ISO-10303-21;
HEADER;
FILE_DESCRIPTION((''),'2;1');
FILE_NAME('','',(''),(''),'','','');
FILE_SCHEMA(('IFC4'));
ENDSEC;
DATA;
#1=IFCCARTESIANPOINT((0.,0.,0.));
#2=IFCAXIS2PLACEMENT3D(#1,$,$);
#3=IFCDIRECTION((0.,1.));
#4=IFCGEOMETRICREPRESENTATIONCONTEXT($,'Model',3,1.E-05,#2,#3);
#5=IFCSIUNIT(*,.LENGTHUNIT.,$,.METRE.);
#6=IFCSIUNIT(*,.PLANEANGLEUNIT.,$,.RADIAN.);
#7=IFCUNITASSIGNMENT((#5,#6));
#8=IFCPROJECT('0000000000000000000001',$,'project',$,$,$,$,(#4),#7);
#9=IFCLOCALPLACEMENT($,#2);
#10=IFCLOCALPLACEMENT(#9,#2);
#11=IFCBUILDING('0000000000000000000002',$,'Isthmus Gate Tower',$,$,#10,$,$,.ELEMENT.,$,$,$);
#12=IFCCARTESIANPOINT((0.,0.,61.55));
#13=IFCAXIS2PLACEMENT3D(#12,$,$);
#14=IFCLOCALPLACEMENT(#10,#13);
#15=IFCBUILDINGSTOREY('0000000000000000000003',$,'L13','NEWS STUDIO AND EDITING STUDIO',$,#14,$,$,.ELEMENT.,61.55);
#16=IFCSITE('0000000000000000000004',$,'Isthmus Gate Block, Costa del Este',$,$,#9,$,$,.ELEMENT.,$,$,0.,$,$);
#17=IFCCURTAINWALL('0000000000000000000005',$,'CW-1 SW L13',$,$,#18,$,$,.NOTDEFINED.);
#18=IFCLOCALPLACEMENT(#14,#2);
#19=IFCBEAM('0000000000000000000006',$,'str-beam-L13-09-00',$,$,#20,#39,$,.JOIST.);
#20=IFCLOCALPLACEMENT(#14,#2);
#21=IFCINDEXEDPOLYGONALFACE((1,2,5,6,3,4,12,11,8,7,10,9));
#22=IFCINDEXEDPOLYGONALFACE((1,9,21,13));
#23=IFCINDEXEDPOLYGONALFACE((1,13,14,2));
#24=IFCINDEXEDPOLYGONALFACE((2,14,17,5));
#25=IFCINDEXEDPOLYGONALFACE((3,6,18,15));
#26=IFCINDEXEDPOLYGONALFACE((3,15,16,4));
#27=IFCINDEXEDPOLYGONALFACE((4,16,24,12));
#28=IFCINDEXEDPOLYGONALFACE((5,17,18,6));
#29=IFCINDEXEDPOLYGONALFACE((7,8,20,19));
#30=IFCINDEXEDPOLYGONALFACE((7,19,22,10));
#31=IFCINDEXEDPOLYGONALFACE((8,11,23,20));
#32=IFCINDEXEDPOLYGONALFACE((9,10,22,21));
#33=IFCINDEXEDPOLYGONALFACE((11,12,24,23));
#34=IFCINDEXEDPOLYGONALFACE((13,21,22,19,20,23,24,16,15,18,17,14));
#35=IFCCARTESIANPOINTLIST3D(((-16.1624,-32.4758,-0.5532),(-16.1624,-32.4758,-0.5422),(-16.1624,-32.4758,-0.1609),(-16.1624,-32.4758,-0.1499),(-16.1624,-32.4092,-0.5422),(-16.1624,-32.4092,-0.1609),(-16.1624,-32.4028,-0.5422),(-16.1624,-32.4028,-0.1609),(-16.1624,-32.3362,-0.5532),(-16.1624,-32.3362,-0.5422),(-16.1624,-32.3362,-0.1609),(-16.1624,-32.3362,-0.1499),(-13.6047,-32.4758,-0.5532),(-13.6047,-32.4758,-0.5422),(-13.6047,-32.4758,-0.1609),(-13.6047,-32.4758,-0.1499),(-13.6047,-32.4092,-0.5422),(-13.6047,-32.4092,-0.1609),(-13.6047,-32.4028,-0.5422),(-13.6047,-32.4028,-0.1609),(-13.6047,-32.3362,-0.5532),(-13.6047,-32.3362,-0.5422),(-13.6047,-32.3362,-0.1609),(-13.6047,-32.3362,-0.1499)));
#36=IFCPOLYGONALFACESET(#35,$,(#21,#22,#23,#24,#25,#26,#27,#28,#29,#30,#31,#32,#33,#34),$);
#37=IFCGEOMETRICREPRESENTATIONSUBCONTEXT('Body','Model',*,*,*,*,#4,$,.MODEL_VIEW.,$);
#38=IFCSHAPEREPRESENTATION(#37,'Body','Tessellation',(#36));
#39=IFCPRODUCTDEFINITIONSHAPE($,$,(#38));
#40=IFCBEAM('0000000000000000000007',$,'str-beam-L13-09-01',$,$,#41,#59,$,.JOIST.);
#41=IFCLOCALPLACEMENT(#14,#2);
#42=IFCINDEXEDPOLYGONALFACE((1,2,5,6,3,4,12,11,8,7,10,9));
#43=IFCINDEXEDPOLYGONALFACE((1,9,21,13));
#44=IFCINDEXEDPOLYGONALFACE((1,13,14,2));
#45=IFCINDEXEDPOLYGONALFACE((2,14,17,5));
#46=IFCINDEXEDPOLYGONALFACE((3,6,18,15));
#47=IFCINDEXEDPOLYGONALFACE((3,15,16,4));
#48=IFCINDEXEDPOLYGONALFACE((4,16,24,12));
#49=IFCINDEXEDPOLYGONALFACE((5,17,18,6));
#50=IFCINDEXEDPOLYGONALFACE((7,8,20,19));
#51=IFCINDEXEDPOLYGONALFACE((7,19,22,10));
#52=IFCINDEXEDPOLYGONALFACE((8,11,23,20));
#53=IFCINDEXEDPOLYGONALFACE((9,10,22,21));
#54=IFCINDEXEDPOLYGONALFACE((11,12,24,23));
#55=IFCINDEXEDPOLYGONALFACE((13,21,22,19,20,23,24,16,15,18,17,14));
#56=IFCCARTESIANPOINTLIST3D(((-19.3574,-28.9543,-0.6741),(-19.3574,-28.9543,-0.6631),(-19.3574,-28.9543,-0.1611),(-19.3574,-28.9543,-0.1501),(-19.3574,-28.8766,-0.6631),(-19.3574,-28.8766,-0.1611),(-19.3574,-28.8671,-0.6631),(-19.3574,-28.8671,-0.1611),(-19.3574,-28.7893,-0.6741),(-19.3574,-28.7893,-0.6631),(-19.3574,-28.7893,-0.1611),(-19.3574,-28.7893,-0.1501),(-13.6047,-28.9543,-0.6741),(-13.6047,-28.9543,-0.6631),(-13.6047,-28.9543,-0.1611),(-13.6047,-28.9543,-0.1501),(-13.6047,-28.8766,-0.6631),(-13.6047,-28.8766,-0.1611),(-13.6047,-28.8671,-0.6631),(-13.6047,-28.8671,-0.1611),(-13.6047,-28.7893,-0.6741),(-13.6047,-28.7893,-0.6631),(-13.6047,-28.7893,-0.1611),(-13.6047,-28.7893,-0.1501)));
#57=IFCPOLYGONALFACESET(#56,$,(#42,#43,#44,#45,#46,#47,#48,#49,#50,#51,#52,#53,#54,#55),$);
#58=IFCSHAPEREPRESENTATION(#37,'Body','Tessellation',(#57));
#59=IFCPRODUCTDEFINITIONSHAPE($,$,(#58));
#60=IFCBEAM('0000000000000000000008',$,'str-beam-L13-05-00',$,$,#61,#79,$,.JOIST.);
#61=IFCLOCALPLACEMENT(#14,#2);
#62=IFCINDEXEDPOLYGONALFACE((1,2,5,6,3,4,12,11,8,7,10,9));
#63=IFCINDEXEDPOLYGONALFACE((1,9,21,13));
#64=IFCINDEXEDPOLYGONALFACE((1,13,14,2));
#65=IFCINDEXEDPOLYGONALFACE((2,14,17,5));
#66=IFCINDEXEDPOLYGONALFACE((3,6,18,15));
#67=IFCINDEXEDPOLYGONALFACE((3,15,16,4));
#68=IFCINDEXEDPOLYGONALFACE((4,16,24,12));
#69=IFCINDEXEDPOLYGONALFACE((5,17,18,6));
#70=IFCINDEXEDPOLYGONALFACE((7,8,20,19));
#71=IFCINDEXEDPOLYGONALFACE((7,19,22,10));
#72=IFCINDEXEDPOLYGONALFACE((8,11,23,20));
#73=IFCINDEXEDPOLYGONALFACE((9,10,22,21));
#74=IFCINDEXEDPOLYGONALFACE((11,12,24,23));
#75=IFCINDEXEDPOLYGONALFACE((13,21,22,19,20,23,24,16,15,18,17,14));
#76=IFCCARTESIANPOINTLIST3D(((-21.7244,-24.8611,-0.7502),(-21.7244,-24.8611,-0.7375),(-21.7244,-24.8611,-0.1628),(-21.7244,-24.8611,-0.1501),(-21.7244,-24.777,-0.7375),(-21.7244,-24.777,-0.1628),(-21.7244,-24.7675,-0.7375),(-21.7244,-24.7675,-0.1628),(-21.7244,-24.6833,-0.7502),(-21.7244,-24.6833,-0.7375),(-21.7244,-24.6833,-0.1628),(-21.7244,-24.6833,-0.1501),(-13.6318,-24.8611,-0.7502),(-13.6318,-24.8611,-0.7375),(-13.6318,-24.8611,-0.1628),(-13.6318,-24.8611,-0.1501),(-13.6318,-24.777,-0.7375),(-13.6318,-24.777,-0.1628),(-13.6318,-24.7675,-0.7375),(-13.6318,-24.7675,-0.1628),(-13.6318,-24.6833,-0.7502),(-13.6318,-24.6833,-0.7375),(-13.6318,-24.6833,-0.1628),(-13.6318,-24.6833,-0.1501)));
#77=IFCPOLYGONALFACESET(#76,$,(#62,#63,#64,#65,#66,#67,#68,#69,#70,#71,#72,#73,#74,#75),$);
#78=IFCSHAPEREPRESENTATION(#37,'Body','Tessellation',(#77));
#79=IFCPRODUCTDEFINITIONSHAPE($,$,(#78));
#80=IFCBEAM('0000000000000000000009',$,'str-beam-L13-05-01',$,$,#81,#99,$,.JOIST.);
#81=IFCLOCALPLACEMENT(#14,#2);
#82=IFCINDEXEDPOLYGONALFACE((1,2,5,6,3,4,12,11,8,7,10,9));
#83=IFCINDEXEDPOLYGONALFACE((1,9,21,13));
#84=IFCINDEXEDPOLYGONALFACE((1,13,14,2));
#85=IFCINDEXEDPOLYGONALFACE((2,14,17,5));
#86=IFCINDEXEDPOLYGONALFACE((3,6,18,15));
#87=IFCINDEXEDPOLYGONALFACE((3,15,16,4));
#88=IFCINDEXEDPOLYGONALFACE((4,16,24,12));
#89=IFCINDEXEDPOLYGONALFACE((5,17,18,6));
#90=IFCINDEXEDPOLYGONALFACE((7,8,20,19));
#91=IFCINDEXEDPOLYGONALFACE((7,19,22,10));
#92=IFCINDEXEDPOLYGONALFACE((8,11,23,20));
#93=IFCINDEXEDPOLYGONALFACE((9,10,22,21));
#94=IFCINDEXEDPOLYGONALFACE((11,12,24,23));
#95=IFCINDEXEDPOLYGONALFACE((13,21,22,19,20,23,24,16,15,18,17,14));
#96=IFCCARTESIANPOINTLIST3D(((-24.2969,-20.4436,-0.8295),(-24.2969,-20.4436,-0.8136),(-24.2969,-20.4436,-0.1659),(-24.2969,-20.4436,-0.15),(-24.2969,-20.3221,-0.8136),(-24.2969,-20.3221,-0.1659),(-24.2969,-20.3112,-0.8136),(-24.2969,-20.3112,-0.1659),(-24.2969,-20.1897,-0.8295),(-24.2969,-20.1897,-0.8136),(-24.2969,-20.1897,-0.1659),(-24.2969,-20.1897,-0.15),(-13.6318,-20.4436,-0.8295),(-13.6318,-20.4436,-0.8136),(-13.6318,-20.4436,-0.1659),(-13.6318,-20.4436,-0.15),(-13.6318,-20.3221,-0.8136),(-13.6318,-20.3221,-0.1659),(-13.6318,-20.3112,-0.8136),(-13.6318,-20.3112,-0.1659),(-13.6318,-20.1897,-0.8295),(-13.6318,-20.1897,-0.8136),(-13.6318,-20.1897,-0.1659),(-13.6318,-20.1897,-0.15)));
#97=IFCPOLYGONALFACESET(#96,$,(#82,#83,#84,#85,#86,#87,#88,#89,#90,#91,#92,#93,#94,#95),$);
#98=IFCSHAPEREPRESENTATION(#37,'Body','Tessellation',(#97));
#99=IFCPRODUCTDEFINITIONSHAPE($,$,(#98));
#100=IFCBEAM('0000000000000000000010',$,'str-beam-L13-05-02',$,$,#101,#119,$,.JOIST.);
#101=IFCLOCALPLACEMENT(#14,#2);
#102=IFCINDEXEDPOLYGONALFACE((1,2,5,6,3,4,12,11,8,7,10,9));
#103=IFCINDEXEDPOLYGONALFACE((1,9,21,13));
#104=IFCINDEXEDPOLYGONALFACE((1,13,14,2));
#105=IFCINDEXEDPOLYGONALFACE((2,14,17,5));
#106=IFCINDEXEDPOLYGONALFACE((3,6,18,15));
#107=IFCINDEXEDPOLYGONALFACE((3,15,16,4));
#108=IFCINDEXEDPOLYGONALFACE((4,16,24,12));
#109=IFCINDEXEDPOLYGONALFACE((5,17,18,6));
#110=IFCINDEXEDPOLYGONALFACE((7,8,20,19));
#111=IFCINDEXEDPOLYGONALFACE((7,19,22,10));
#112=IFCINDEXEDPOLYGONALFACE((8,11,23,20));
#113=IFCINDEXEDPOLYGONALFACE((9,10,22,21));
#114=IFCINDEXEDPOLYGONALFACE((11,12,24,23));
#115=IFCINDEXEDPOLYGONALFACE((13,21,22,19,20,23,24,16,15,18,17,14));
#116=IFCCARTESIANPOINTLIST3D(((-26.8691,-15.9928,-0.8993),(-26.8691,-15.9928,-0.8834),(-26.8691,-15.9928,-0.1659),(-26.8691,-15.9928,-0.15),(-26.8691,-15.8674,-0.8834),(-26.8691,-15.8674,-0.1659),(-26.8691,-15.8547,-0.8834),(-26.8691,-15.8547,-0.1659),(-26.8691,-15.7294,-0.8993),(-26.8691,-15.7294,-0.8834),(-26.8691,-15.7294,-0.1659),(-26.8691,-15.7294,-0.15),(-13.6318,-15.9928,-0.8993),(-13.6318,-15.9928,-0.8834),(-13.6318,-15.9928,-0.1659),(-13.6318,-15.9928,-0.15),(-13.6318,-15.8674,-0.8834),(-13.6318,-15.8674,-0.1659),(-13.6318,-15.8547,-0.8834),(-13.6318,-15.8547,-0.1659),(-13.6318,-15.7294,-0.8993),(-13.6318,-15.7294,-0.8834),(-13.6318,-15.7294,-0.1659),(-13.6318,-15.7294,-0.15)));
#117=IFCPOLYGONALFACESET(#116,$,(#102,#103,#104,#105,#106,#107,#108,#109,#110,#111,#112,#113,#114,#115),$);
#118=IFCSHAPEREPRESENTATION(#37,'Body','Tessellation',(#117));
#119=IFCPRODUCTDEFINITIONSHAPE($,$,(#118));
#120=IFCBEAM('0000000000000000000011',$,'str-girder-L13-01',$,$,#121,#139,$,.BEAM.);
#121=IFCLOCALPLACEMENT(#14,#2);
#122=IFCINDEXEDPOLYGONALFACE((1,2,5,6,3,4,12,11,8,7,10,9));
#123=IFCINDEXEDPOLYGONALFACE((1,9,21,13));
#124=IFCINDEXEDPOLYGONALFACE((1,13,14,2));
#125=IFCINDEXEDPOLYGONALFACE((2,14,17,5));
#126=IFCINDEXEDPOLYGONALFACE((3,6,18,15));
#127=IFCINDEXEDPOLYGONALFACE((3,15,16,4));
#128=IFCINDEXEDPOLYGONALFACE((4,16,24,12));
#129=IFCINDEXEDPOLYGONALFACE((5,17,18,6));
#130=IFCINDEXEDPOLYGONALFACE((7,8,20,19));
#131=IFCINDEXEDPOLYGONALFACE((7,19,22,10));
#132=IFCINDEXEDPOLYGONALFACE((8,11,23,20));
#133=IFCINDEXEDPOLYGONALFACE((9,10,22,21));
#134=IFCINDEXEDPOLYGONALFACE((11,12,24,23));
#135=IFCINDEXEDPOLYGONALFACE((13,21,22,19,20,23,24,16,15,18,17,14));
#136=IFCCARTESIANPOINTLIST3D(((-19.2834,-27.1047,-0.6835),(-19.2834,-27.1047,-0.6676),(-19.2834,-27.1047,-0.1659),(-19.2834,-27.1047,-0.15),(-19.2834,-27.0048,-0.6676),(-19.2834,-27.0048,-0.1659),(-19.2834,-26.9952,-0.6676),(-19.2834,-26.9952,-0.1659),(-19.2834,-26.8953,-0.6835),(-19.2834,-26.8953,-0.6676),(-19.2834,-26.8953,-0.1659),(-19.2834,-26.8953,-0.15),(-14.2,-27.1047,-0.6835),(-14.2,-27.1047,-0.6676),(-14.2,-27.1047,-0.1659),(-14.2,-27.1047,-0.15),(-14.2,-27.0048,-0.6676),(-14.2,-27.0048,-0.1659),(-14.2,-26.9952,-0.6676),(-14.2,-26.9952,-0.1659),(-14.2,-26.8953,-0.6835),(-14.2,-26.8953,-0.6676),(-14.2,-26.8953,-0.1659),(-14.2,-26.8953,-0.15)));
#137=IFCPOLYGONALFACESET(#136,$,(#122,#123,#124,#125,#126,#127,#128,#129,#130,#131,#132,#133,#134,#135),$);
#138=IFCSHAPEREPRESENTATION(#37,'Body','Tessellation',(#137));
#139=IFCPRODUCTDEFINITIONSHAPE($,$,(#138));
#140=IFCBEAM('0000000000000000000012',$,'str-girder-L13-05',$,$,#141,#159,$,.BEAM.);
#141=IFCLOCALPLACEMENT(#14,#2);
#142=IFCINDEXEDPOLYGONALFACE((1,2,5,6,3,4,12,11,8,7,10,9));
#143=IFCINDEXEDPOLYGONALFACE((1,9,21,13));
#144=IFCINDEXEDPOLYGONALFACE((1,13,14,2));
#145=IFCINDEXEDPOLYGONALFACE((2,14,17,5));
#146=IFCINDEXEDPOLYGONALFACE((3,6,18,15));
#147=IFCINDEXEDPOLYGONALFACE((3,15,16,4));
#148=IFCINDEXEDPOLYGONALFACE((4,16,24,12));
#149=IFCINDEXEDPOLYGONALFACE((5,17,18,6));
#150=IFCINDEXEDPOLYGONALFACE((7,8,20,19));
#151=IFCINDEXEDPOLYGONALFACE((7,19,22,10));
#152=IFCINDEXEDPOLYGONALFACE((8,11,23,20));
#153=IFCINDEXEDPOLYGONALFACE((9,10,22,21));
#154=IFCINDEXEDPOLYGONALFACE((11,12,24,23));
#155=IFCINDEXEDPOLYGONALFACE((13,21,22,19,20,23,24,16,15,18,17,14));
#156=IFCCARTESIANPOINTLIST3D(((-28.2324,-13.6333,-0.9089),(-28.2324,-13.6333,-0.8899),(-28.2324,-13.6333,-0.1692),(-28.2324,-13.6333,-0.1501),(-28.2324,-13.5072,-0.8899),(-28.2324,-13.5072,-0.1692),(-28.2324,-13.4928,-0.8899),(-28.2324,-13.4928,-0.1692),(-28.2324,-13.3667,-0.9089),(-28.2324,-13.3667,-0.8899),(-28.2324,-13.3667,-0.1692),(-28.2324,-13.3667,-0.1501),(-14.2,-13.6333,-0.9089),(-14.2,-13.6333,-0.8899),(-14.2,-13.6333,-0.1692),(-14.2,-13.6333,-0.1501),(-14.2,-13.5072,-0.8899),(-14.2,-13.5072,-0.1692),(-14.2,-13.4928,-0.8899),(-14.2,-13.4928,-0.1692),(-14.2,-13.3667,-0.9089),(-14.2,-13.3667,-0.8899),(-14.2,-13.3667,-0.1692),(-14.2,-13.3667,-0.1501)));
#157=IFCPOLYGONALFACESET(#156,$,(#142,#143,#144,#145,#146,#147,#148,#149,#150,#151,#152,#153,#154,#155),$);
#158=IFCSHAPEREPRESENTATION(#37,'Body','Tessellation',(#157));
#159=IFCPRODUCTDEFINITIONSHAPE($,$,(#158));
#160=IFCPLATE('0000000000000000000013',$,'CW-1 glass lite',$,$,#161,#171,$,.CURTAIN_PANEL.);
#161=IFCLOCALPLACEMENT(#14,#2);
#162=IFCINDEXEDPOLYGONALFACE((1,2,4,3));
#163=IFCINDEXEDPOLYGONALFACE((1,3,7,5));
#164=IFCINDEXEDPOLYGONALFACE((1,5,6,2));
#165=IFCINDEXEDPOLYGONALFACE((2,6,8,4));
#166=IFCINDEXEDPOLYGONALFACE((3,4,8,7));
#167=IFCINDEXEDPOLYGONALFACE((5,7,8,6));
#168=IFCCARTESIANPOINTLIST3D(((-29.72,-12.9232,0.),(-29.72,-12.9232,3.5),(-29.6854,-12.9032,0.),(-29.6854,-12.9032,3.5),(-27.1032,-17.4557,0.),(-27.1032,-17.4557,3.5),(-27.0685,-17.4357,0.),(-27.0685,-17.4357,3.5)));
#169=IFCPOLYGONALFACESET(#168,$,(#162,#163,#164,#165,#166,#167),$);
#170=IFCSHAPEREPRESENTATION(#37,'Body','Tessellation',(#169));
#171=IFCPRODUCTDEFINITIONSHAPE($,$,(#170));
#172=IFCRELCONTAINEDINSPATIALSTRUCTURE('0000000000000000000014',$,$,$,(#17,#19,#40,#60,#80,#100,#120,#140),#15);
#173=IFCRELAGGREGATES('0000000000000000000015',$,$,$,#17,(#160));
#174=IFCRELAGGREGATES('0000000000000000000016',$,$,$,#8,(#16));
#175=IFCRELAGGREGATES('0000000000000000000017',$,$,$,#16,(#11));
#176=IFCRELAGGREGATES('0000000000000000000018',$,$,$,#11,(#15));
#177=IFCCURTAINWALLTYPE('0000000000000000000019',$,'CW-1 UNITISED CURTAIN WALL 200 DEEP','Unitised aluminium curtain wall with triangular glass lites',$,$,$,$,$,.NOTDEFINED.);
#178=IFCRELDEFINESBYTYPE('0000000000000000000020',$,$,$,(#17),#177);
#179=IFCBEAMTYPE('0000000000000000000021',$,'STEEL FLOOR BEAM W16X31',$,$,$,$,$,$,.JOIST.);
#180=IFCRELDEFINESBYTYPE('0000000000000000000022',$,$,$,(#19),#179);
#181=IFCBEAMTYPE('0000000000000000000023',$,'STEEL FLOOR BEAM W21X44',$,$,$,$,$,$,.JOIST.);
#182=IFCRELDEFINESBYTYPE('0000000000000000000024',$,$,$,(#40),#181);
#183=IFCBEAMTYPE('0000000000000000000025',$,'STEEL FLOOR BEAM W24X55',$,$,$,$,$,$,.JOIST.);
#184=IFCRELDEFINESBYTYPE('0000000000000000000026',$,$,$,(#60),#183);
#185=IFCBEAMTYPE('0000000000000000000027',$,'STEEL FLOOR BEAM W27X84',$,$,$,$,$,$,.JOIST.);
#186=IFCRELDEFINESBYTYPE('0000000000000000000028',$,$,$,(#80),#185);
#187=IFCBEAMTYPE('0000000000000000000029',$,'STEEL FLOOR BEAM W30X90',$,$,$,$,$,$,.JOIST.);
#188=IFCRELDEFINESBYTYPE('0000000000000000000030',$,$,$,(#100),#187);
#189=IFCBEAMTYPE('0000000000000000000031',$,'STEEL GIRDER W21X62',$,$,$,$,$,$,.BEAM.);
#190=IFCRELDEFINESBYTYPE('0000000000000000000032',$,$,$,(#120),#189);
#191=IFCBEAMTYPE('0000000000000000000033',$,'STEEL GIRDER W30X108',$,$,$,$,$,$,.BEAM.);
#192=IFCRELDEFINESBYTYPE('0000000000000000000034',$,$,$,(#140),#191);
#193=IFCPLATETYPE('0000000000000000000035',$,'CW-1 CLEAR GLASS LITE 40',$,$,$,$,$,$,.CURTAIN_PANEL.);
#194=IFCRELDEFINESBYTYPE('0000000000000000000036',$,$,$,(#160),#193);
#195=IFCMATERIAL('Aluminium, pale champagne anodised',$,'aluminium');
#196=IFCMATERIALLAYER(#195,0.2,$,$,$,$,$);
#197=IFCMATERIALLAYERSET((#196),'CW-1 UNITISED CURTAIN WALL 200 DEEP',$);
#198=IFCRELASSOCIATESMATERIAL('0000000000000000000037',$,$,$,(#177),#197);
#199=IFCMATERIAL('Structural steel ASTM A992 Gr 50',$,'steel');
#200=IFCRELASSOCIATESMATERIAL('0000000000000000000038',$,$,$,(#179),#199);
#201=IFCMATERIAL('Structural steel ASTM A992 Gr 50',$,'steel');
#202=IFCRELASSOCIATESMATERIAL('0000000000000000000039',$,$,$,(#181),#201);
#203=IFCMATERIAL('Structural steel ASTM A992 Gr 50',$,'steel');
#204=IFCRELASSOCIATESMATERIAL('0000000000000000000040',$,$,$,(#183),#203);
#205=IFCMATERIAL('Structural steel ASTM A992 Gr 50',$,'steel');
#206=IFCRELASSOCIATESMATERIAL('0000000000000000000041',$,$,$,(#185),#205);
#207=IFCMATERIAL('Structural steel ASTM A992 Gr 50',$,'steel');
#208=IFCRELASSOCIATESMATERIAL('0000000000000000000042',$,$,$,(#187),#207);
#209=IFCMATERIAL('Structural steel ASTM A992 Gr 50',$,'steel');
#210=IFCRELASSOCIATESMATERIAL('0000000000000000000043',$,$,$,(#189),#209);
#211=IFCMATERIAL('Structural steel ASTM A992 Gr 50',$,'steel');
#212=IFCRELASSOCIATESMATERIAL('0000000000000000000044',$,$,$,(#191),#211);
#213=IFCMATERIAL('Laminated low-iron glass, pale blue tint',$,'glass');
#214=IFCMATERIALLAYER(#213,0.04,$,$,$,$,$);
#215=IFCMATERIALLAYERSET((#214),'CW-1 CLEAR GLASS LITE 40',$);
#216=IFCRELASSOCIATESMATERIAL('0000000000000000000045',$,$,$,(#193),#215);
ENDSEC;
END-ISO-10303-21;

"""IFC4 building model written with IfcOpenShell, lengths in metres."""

from ifc_helpers import new_model, si_unit, direction, frame, origin, origin_2d, place, context, subcontext, project, spatial, rectangle, i_section, extrude, material, layer, layer_set, material_profile, profile_set, type_object, element, aggregate, save


model = new_model("IFC4")

# Units and contexts
model_context = context("Model", 3, precision=1e-05, world=origin(), true_north=direction((0.0, 1.0)))
body_context = subcontext(model_context, "Body", "Model", "MODEL_VIEW")
ifc_project = project(units=[si_unit("LENGTHUNIT", "METRE"), si_unit("PLANEANGLEUNIT", "RADIAN")], contexts=[model_context])

# Site, building, storey
site_placement = place(None, origin())
site = spatial("IfcSite", under=ifc_project, at=site_placement, Name="Isthmus Gate Block, Costa del Este", CompositionType="ELEMENT", RefElevation=0.0)
building_placement = place(site_placement, origin())
building = spatial("IfcBuilding", under=site, at=building_placement, Name="Isthmus Gate Tower", CompositionType="ELEMENT")
storey_placement = place(building_placement, frame((0.0, 0.0, 61.55)))
storey = spatial("IfcBuildingStorey", under=building, at=storey_placement, Name="L13", Description="NEWS STUDIO AND EDITING STUDIO", CompositionType="ELEMENT", Elevation=61.55)

# Curtain wall
ifc_material_1 = material(Name="Aluminium, pale champagne anodised", Category="aluminium")
ifc_layer_1 = layer(ifc_material_1, 0.2)
ifc_layer_set_1 = layer_set([ifc_layer_1], Name="CW-1 UNITISED CURTAIN WALL 200 DEEP")
curtain_wall_type = type_object("IfcCurtainWallType", Name="CW-1 UNITISED CURTAIN WALL 200 DEEP", Description="Unitised aluminium curtain wall with triangular glass lites", PredefinedType="NOTDEFINED", material=ifc_layer_set_1)
curtain_wall_1_placement = place(storey_placement, origin())
curtain_wall_1 = element("IfcCurtainWall", 1, at=curtain_wall_1_placement, inside=storey, type_object=curtain_wall_type, Name="CW-1 SW L13", PredefinedType="NOTDEFINED")

# Beams
ifc_material_2 = material(Name="Structural steel ASTM A992 Gr 50", Category="steel")
ifc_material_profile_1 = material_profile(ifc_material_2, i_section(OverallWidth=0.1396, OverallDepth=0.4033, WebThickness=0.0063, FlangeThickness=0.011, at=origin_2d()), Name="W16X31")
ifc_profile_set_1 = profile_set([ifc_material_profile_1], Name="Structural steel ASTM A992 Gr 50")
beam_type_1 = type_object("IfcBeamType", Name="STEEL FLOOR BEAM W16X31", PredefinedType="JOIST", material=ifc_profile_set_1)
beam_1_placement = place(storey_placement, frame((-16.1624, -32.406, -0.3516), z_axis=(1.0, 0.0, 0.0), x_axis=(0.0, 1.0, 0.0)))
element("IfcBeam", 2, at=beam_1_placement, inside=storey, type_object=beam_type_1, Name="str-beam-L13-09-00", PredefinedType="JOIST", context=body_context, shape_type="SweptSolid", body=[
    extrude(i_section(OverallWidth=0.1396, OverallDepth=0.4033, WebThickness=0.0063, FlangeThickness=0.011, at=origin_2d()), origin(), (0.0, 0.0, 1.0), 2.5576),
])
ifc_material_3 = material(Name="Structural steel ASTM A992 Gr 50", Category="steel")
ifc_material_profile_2 = material_profile(ifc_material_3, i_section(OverallWidth=0.165, OverallDepth=0.5239, WebThickness=0.0095, FlangeThickness=0.011, at=origin_2d()), Name="W21X44")
ifc_profile_set_2 = profile_set([ifc_material_profile_2], Name="Structural steel ASTM A992 Gr 50")
beam_type_2 = type_object("IfcBeamType", Name="STEEL FLOOR BEAM W21X44", PredefinedType="JOIST", material=ifc_profile_set_2)
beam_2_placement = place(storey_placement, frame((-19.3574, -28.8718, -0.4121), z_axis=(1.0, 0.0, 0.0), x_axis=(0.0, 1.0, 0.0)))
element("IfcBeam", 3, at=beam_2_placement, inside=storey, type_object=beam_type_2, Name="str-beam-L13-09-01", PredefinedType="JOIST", context=body_context, shape_type="SweptSolid", body=[
    extrude(i_section(OverallWidth=0.165, OverallDepth=0.5239, WebThickness=0.0095, FlangeThickness=0.011, at=origin_2d()), origin(), (0.0, 0.0, 1.0), 5.7527),
])
ifc_material_4 = material(Name="Structural steel ASTM A992 Gr 50", Category="steel")
ifc_material_profile_3 = material_profile(ifc_material_4, i_section(OverallWidth=0.1777, OverallDepth=0.6001, WebThickness=0.0095, FlangeThickness=0.0127, at=origin_2d()), Name="W24X55")
ifc_profile_set_3 = profile_set([ifc_material_profile_3], Name="Structural steel ASTM A992 Gr 50")
beam_type_3 = type_object("IfcBeamType", Name="STEEL FLOOR BEAM W24X55", PredefinedType="JOIST", material=ifc_profile_set_3)
beam_3_placement = place(storey_placement, frame((-21.7244, -24.7722, -0.4502), z_axis=(1.0, 0.0, 0.0), x_axis=(0.0, 1.0, 0.0)))
element("IfcBeam", 4, at=beam_3_placement, inside=storey, type_object=beam_type_3, Name="str-beam-L13-05-00", PredefinedType="JOIST", context=body_context, shape_type="SweptSolid", body=[
    extrude(i_section(OverallWidth=0.1777, OverallDepth=0.6001, WebThickness=0.0095, FlangeThickness=0.0127, at=origin_2d()), origin(), (0.0, 0.0, 1.0), 8.0925),
])
ifc_material_5 = material(Name="Structural steel ASTM A992 Gr 50", Category="steel")
ifc_material_profile_4 = material_profile(ifc_material_5, i_section(OverallWidth=0.2539, OverallDepth=0.6794, WebThickness=0.011, FlangeThickness=0.0159, at=origin_2d()), Name="W27X84")
ifc_profile_set_4 = profile_set([ifc_material_profile_4], Name="Structural steel ASTM A992 Gr 50")
beam_type_4 = type_object("IfcBeamType", Name="STEEL FLOOR BEAM W27X84", PredefinedType="JOIST", material=ifc_profile_set_4)
beam_4_placement = place(storey_placement, frame((-24.2969, -20.3167, -0.4897), z_axis=(1.0, 0.0, 0.0), x_axis=(0.0, 1.0, 0.0)))
element("IfcBeam", 5, at=beam_4_placement, inside=storey, type_object=beam_type_4, Name="str-beam-L13-05-01", PredefinedType="JOIST", context=body_context, shape_type="SweptSolid", body=[
    extrude(i_section(OverallWidth=0.2539, OverallDepth=0.6794, WebThickness=0.011, FlangeThickness=0.0159, at=origin_2d()), origin(), (0.0, 0.0, 1.0), 10.665),
])
ifc_material_6 = material(Name="Structural steel ASTM A992 Gr 50", Category="steel")
ifc_material_profile_5 = material_profile(ifc_material_6, i_section(OverallWidth=0.2634, OverallDepth=0.7493, WebThickness=0.0127, FlangeThickness=0.0159, at=origin_2d()), Name="W30X90")
ifc_profile_set_5 = profile_set([ifc_material_profile_5], Name="Structural steel ASTM A992 Gr 50")
beam_type_5 = type_object("IfcBeamType", Name="STEEL FLOOR BEAM W30X90", PredefinedType="JOIST", material=ifc_profile_set_5)
beam_5_placement = place(storey_placement, frame((-26.8691, -15.8611, -0.5247), z_axis=(1.0, 0.0, 0.0), x_axis=(0.0, 1.0, 0.0)))
element("IfcBeam", 6, at=beam_5_placement, inside=storey, type_object=beam_type_5, Name="str-beam-L13-05-02", PredefinedType="JOIST", context=body_context, shape_type="SweptSolid", body=[
    extrude(i_section(OverallWidth=0.2634, OverallDepth=0.7493, WebThickness=0.0127, FlangeThickness=0.0159, at=origin_2d()), origin(), (0.0, 0.0, 1.0), 13.2373),
])
ifc_material_7 = material(Name="Structural steel ASTM A992 Gr 50", Category="steel")
ifc_material_profile_6 = material_profile(ifc_material_7, i_section(OverallWidth=0.2095, OverallDepth=0.5334, WebThickness=0.0095, FlangeThickness=0.0159, at=origin_2d()), Name="W21X62")
ifc_profile_set_6 = profile_set([ifc_material_profile_6], Name="Structural steel ASTM A992 Gr 50")
beam_type_6 = type_object("IfcBeamType", Name="STEEL GIRDER W21X62", PredefinedType="BEAM", material=ifc_profile_set_6)
beam_6_placement = place(storey_placement, frame((-19.2834, -27.0, -0.4167), z_axis=(1.0, 0.0, 0.0), x_axis=(0.0, 1.0, 0.0)))
element("IfcBeam", 7, at=beam_6_placement, inside=storey, type_object=beam_type_6, Name="str-girder-L13-01", PredefinedType="BEAM", context=body_context, shape_type="SweptSolid", body=[
    extrude(i_section(OverallWidth=0.2095, OverallDepth=0.5334, WebThickness=0.0095, FlangeThickness=0.0159, at=origin_2d()), origin(), (0.0, 0.0, 1.0), 5.0835),
])
ifc_material_8 = material(Name="Structural steel ASTM A992 Gr 50", Category="steel")
ifc_material_profile_7 = material_profile(ifc_material_8, i_section(OverallWidth=0.2666, OverallDepth=0.7588, WebThickness=0.0144, FlangeThickness=0.019, at=origin_2d()), Name="W30X108")
ifc_profile_set_7 = profile_set([ifc_material_profile_7], Name="Structural steel ASTM A992 Gr 50")
beam_type_7 = type_object("IfcBeamType", Name="STEEL GIRDER W30X108", PredefinedType="BEAM", material=ifc_profile_set_7)
beam_7_placement = place(storey_placement, frame((-28.2324, -13.5, -0.5295), z_axis=(1.0, 0.0, 0.0), x_axis=(0.0, 1.0, 0.0)))
element("IfcBeam", 8, at=beam_7_placement, inside=storey, type_object=beam_type_7, Name="str-girder-L13-05", PredefinedType="BEAM", context=body_context, shape_type="SweptSolid", body=[
    extrude(i_section(OverallWidth=0.2666, OverallDepth=0.7588, WebThickness=0.0144, FlangeThickness=0.019, at=origin_2d()), origin(), (0.0, 0.0, 1.0), 14.0325),
])

# Plate
ifc_material_9 = material(Name="Laminated low-iron glass, pale blue tint", Category="glass")
ifc_layer_2 = layer(ifc_material_9, 0.04)
ifc_layer_set_2 = layer_set([ifc_layer_2], Name="CW-1 CLEAR GLASS LITE 40")
plate_type = type_object("IfcPlateType", Name="CW-1 CLEAR GLASS LITE 40", PredefinedType="CURTAIN_PANEL", material=ifc_layer_set_2)
plate_1_placement = place(storey_placement, frame((-28.3943, -15.1794, 0.0), z_axis=(0.0, 0.0, 1.0), x_axis=(0.5, -0.866025, 0.0)))
plate_1 = element("IfcPlate", 9, at=plate_1_placement, type_object=plate_type, Name="CW-1 glass lite", PredefinedType="CURTAIN_PANEL", context=body_context, shape_type="SweptSolid", body=[
    extrude(rectangle(XDim=5.2336, YDim=0.04, at=origin_2d()), origin(), (0.0, 0.0, 1.0), 3.5),
])
aggregate(curtain_wall_1, [plate_1])

save(model, "model.ifc")
